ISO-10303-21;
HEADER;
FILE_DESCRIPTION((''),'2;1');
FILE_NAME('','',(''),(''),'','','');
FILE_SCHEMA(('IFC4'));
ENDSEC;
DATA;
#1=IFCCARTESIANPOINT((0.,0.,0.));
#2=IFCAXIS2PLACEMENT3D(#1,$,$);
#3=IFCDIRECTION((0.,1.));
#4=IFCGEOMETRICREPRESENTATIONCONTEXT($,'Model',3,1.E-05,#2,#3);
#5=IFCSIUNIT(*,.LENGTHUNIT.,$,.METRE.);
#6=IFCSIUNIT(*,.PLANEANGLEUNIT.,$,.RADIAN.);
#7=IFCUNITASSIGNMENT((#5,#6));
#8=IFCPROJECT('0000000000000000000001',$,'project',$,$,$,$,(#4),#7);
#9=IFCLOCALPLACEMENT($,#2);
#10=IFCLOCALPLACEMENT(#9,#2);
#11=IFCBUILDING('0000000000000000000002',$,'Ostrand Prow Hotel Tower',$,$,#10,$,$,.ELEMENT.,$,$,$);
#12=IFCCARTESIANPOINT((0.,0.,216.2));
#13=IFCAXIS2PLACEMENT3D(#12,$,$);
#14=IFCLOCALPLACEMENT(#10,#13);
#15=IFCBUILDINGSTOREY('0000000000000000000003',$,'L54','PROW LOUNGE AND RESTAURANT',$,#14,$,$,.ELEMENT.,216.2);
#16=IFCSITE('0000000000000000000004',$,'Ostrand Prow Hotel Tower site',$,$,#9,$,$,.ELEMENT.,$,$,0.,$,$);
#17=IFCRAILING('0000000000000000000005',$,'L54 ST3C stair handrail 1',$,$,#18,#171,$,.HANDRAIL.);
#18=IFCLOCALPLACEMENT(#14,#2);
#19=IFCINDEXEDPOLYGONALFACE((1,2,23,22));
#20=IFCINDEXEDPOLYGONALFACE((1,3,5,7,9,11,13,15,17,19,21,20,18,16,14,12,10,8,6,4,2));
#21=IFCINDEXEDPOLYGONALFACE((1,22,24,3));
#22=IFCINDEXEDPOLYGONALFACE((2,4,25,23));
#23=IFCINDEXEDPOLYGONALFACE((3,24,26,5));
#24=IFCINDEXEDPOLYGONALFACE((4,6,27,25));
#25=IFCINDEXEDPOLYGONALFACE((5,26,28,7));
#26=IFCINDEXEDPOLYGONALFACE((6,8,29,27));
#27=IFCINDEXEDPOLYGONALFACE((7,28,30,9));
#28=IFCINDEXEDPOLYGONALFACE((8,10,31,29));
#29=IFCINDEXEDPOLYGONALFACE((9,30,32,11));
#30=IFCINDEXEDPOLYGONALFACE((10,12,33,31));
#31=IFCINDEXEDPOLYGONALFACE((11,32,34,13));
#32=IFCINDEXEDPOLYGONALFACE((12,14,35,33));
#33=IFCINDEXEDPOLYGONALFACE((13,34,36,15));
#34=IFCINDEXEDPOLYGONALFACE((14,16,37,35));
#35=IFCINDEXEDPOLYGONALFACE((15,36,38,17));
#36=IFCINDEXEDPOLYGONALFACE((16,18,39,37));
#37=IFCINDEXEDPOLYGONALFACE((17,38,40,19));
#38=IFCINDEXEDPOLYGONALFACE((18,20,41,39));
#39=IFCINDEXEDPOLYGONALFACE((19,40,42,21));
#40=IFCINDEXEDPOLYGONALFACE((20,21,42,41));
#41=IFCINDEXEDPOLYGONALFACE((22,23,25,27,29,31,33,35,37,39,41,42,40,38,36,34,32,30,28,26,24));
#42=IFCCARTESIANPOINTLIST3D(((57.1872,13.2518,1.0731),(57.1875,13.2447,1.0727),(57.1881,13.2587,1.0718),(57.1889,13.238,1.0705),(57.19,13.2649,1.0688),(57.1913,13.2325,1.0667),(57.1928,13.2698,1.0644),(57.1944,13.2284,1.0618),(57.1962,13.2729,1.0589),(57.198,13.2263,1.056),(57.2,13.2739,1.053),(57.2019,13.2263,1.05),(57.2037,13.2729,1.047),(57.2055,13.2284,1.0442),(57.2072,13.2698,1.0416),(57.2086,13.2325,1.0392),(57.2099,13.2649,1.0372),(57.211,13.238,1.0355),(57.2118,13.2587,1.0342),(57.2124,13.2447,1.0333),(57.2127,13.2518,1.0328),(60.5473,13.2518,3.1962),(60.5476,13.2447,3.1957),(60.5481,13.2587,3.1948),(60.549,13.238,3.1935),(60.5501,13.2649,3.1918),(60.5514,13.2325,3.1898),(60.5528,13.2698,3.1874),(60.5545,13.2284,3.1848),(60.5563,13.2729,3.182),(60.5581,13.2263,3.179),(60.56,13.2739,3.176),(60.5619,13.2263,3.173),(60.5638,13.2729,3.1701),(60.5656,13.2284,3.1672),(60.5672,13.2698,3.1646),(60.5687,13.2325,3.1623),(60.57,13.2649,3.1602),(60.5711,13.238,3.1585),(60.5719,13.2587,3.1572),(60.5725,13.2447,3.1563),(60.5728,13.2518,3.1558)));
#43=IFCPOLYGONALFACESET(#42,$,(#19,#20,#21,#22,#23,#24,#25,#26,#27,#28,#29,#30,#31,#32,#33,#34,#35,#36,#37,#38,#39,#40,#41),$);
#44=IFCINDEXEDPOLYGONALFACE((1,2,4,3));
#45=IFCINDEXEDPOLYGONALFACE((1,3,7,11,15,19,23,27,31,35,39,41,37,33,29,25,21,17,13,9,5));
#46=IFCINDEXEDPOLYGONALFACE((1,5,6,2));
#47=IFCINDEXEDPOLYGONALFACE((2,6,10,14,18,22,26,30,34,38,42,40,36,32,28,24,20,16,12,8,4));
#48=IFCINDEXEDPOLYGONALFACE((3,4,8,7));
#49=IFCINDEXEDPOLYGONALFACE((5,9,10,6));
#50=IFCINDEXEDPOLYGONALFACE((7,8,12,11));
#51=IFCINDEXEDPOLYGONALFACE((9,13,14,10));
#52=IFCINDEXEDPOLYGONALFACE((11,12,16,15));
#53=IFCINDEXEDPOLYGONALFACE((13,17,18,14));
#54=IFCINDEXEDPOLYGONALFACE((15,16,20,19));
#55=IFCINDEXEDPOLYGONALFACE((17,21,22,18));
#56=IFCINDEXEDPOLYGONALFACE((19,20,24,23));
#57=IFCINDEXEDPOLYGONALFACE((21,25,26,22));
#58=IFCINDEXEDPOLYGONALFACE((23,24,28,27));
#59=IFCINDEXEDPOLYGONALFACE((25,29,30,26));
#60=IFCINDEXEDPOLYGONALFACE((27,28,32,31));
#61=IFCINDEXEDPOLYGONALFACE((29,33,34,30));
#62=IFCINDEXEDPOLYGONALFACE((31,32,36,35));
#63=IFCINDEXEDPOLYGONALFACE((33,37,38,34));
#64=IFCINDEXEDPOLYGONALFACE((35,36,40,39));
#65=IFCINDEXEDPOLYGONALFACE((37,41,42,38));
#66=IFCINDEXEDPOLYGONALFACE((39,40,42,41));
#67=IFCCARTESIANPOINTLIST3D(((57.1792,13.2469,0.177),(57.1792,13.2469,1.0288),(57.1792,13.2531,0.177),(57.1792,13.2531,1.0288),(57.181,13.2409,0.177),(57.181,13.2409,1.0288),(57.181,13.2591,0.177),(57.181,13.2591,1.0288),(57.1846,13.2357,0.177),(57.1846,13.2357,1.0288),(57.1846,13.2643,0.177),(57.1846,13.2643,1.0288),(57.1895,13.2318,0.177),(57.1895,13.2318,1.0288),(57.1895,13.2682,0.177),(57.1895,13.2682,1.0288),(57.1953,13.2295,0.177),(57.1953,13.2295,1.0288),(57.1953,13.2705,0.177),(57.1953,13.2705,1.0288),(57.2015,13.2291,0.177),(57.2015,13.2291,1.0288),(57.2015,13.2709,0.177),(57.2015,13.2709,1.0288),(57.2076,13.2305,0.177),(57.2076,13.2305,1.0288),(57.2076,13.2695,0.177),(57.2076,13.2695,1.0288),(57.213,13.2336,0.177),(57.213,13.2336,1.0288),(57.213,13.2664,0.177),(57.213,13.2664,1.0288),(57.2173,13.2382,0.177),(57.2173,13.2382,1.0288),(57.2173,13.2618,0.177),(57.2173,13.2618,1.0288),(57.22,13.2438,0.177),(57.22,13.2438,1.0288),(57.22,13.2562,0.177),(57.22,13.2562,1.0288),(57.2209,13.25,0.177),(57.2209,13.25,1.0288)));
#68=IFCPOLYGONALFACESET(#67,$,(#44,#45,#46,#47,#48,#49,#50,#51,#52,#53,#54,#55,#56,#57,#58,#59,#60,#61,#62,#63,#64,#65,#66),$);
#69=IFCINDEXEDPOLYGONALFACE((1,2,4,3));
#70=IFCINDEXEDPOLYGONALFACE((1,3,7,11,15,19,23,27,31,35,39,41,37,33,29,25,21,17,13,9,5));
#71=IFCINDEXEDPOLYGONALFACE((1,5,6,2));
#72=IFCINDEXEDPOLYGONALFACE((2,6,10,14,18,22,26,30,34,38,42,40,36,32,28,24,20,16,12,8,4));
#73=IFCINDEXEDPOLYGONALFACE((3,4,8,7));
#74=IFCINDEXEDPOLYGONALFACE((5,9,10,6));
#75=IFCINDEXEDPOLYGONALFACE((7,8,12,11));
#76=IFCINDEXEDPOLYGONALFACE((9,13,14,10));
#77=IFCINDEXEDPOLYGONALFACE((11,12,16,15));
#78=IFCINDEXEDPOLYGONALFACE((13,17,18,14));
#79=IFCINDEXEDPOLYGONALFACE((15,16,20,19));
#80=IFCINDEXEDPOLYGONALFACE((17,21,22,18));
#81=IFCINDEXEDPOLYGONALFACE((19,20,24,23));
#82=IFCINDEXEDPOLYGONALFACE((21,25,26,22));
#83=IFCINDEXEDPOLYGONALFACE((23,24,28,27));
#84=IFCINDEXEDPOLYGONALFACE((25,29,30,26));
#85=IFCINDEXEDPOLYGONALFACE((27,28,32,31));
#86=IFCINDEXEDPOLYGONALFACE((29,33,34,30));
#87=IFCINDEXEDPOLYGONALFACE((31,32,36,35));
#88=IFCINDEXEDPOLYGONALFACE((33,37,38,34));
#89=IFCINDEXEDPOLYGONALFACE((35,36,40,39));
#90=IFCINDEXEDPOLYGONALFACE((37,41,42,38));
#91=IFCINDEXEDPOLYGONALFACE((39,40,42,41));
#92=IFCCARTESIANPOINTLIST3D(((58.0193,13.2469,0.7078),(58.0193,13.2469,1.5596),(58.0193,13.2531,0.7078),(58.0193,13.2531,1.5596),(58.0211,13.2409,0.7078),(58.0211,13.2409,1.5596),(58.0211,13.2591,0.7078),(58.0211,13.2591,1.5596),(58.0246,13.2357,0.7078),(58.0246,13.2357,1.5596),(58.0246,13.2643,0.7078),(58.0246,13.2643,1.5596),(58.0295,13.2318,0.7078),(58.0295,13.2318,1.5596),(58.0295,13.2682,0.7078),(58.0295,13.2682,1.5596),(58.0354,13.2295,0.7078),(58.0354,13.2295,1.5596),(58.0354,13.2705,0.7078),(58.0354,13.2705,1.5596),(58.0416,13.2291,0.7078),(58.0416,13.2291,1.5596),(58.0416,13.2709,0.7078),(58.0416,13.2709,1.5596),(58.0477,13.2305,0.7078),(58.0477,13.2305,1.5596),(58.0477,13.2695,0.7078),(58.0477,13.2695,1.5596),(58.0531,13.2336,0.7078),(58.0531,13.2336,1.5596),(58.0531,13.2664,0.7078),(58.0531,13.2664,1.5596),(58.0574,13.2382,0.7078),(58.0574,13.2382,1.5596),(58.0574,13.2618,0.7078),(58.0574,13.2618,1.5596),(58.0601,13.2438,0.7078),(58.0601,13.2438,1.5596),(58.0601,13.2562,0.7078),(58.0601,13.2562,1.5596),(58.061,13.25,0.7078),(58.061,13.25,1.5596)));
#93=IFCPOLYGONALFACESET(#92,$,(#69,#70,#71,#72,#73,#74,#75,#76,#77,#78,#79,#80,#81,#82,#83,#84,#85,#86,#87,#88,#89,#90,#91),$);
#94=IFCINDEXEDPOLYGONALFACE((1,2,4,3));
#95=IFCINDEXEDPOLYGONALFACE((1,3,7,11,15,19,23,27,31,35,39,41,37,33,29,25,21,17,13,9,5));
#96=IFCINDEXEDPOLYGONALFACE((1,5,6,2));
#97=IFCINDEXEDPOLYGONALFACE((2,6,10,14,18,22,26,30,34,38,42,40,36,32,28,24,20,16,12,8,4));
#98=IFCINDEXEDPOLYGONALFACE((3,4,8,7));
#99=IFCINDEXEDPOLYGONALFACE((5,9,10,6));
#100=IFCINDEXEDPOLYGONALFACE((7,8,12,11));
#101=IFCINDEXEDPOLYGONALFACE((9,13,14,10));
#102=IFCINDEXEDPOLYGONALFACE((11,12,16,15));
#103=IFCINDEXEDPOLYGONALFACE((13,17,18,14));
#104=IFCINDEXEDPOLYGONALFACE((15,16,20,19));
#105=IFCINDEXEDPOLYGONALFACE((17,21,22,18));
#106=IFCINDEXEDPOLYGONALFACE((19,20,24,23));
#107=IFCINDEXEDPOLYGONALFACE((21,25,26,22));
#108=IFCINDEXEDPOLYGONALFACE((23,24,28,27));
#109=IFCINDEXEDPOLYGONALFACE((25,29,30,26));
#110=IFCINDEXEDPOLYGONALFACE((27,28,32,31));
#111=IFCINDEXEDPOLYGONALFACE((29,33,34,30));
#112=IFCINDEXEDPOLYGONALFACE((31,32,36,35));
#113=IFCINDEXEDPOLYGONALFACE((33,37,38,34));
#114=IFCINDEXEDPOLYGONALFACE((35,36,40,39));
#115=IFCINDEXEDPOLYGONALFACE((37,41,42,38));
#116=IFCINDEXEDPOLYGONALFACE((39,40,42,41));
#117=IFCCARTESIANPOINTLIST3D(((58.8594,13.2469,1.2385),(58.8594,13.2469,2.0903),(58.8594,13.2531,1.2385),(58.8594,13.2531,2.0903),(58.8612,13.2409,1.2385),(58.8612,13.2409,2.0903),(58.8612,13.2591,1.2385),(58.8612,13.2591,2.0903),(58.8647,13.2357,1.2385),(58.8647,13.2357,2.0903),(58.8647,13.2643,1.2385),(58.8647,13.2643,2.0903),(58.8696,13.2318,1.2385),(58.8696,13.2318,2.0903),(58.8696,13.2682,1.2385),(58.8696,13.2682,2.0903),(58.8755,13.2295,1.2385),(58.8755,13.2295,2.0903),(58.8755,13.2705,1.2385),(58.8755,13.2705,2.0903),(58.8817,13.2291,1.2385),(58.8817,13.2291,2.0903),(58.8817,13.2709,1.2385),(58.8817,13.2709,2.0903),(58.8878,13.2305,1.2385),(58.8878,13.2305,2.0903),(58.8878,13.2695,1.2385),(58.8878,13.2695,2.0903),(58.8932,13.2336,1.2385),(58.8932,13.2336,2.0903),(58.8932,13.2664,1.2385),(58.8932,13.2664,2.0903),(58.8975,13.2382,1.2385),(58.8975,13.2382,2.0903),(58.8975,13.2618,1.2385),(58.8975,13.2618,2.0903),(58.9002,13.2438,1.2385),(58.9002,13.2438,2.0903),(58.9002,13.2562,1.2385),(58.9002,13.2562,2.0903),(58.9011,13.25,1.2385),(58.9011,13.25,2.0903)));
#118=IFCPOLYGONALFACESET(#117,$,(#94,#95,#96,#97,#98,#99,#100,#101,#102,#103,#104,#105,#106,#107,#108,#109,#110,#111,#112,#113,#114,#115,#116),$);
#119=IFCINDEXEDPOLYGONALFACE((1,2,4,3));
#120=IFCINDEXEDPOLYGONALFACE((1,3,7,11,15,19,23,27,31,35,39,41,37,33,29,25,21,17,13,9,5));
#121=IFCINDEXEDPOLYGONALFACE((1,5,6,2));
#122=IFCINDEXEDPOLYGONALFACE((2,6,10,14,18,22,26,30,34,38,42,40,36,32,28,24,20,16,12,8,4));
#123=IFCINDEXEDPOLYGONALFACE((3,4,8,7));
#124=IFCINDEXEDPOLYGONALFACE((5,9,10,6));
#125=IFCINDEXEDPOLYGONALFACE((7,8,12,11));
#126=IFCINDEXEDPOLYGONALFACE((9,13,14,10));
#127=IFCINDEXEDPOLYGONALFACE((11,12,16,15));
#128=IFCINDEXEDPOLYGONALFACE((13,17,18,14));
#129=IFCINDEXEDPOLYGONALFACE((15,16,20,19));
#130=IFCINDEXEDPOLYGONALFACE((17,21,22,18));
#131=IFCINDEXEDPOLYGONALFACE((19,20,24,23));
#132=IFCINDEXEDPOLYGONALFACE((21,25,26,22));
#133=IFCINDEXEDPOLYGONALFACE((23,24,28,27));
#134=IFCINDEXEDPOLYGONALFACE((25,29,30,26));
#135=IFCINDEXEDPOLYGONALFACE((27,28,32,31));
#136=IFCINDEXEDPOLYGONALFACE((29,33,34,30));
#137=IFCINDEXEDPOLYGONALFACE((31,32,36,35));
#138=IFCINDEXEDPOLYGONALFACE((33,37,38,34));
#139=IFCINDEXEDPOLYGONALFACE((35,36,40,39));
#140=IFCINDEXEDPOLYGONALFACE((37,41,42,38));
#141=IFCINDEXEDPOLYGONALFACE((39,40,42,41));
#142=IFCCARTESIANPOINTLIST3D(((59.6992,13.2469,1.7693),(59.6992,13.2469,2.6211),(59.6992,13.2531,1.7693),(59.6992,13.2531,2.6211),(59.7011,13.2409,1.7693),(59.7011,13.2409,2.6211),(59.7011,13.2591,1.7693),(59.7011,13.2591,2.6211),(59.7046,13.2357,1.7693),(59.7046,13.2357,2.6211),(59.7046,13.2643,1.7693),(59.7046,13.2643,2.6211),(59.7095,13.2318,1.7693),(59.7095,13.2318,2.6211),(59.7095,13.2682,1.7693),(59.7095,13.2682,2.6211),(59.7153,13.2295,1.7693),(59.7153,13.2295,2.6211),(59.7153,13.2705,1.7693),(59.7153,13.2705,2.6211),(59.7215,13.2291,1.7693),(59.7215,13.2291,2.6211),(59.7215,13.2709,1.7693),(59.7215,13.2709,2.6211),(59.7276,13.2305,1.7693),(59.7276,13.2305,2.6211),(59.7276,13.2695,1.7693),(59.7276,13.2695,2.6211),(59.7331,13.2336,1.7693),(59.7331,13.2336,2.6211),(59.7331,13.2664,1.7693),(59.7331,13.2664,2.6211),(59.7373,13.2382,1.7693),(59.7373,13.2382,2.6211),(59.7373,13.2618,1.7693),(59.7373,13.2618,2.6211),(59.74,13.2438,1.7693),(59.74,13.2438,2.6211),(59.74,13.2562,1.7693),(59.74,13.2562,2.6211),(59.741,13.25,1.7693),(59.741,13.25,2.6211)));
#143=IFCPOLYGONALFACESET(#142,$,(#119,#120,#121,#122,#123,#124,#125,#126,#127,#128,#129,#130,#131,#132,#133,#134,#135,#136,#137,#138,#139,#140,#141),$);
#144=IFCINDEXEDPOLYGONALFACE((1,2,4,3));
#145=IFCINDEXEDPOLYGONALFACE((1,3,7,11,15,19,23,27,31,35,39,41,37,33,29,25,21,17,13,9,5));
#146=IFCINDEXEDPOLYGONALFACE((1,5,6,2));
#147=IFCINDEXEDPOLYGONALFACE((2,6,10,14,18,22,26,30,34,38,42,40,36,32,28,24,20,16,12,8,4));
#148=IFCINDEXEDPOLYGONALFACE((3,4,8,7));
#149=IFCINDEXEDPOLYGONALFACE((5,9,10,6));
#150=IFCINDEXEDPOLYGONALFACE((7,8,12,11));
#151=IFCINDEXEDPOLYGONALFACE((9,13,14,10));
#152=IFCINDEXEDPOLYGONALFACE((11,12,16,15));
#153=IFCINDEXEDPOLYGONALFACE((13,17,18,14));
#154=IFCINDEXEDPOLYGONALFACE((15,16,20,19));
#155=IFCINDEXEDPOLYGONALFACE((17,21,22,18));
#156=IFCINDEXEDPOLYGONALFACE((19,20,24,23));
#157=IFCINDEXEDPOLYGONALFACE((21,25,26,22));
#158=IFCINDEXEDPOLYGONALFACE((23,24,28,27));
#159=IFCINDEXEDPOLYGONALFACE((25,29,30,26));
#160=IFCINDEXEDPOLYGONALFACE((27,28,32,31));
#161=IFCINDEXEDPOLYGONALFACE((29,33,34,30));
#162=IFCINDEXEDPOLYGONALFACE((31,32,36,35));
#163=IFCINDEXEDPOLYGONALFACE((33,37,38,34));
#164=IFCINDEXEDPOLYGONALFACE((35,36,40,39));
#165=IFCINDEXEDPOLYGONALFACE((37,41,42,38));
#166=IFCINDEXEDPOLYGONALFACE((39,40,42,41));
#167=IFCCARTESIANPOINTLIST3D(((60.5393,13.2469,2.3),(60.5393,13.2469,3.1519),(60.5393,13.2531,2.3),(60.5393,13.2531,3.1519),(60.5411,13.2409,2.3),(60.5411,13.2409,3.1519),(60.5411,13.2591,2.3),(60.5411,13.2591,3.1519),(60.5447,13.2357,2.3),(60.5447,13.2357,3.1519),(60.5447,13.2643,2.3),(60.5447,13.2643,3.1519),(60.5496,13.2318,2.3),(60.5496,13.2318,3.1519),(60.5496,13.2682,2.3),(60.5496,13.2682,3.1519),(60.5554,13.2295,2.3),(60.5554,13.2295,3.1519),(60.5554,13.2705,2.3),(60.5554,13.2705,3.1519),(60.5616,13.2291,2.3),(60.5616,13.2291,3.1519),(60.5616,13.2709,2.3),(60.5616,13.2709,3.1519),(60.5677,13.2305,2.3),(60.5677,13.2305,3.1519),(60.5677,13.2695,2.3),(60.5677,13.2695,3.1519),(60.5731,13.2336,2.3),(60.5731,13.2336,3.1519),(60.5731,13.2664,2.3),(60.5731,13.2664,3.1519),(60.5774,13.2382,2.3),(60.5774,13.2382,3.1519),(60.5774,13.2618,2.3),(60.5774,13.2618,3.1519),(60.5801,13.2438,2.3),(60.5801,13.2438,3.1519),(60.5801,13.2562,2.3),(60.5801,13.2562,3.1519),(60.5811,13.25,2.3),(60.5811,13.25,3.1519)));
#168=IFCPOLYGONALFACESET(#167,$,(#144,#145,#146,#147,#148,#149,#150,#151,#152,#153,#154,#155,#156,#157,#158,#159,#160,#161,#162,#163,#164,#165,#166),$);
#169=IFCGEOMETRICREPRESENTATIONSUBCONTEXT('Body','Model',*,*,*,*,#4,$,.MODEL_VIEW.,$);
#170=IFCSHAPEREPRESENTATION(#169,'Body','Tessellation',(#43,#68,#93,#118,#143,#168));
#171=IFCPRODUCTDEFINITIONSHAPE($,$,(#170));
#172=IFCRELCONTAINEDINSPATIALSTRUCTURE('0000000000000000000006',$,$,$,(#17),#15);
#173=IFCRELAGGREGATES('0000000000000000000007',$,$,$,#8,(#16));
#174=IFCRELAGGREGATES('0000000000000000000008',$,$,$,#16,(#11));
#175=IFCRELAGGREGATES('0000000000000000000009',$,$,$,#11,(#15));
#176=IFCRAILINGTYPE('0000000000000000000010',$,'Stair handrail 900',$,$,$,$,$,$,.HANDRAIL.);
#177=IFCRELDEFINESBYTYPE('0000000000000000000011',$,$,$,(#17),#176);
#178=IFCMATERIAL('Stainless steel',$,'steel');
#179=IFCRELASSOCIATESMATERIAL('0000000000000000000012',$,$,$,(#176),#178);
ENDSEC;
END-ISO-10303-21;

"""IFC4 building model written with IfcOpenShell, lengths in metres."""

from ifc_helpers import new_model, si_unit, direction, frame, origin, origin_2d, place, context, subcontext, project, spatial, circle, extrude, material, type_object, element, save


model = new_model("IFC4")

# Units and contexts
model_context = context("Model", 3, precision=1e-05, world=origin(), true_north=direction((0.0, 1.0)))
body_context = subcontext(model_context, "Body", "Model", "MODEL_VIEW")
ifc_project = project(units=[si_unit("LENGTHUNIT", "METRE"), si_unit("PLANEANGLEUNIT", "RADIAN")], contexts=[model_context])

# Site, building, storey
site_placement = place(None, origin())
site = spatial("IfcSite", under=ifc_project, at=site_placement, Name="Ostrand Prow Hotel Tower site", CompositionType="ELEMENT", RefElevation=0.0)
building_placement = place(site_placement, origin())
building = spatial("IfcBuilding", under=site, at=building_placement, Name="Ostrand Prow Hotel Tower", CompositionType="ELEMENT")
storey_placement = place(building_placement, frame((0.0, 0.0, 216.2)))
storey = spatial("IfcBuildingStorey", under=building, at=storey_placement, Name="L54", Description="PROW LOUNGE AND RESTAURANT", CompositionType="ELEMENT", Elevation=216.2)

# Railing
ifc_material_1 = material(Name="Stainless steel", Category="steel")
railing_type_1 = type_object("IfcRailingType", Name="Stair handrail 900", PredefinedType="HANDRAIL", material=ifc_material_1)
railing_1_placement = place(storey_placement, frame((57.2, 13.25, 0.177)))
element("IfcRailing", 1, at=railing_1_placement, inside=storey, type_object=railing_type_1, Name="L54 ST3C stair handrail 1", PredefinedType="HANDRAIL", context=body_context, shape_type="SweptSolid", body=[
    extrude(circle(Radius=0.0239, at=origin_2d()), frame((0.0, 0.0, 0.876), z_axis=(0.84539, 0.0, 0.53415), x_axis=(0.0, 1.0, 0.0)), (0.0, 0.0, 1.0), 3.9746),
    extrude(circle(Radius=0.021, at=origin_2d()), origin(), (0.0, 0.0, 1.0), 0.8518),
    extrude(circle(Radius=0.021, at=origin_2d()), frame((0.8401, 0.0, 0.5308)), (0.0, 0.0, 1.0), 0.8518),
    extrude(circle(Radius=0.021, at=origin_2d()), frame((1.6802, 0.0, 1.0615)), (0.0, 0.0, 1.0), 0.8518),
    extrude(circle(Radius=0.021, at=origin_2d()), frame((2.52, 0.0, 1.5923)), (0.0, 0.0, 1.0), 0.8518),
    extrude(circle(Radius=0.021, at=origin_2d()), frame((3.3601, 0.0, 2.123)), (0.0, 0.0, 1.0), 0.8518),
])

save(model, "model.ifc")
